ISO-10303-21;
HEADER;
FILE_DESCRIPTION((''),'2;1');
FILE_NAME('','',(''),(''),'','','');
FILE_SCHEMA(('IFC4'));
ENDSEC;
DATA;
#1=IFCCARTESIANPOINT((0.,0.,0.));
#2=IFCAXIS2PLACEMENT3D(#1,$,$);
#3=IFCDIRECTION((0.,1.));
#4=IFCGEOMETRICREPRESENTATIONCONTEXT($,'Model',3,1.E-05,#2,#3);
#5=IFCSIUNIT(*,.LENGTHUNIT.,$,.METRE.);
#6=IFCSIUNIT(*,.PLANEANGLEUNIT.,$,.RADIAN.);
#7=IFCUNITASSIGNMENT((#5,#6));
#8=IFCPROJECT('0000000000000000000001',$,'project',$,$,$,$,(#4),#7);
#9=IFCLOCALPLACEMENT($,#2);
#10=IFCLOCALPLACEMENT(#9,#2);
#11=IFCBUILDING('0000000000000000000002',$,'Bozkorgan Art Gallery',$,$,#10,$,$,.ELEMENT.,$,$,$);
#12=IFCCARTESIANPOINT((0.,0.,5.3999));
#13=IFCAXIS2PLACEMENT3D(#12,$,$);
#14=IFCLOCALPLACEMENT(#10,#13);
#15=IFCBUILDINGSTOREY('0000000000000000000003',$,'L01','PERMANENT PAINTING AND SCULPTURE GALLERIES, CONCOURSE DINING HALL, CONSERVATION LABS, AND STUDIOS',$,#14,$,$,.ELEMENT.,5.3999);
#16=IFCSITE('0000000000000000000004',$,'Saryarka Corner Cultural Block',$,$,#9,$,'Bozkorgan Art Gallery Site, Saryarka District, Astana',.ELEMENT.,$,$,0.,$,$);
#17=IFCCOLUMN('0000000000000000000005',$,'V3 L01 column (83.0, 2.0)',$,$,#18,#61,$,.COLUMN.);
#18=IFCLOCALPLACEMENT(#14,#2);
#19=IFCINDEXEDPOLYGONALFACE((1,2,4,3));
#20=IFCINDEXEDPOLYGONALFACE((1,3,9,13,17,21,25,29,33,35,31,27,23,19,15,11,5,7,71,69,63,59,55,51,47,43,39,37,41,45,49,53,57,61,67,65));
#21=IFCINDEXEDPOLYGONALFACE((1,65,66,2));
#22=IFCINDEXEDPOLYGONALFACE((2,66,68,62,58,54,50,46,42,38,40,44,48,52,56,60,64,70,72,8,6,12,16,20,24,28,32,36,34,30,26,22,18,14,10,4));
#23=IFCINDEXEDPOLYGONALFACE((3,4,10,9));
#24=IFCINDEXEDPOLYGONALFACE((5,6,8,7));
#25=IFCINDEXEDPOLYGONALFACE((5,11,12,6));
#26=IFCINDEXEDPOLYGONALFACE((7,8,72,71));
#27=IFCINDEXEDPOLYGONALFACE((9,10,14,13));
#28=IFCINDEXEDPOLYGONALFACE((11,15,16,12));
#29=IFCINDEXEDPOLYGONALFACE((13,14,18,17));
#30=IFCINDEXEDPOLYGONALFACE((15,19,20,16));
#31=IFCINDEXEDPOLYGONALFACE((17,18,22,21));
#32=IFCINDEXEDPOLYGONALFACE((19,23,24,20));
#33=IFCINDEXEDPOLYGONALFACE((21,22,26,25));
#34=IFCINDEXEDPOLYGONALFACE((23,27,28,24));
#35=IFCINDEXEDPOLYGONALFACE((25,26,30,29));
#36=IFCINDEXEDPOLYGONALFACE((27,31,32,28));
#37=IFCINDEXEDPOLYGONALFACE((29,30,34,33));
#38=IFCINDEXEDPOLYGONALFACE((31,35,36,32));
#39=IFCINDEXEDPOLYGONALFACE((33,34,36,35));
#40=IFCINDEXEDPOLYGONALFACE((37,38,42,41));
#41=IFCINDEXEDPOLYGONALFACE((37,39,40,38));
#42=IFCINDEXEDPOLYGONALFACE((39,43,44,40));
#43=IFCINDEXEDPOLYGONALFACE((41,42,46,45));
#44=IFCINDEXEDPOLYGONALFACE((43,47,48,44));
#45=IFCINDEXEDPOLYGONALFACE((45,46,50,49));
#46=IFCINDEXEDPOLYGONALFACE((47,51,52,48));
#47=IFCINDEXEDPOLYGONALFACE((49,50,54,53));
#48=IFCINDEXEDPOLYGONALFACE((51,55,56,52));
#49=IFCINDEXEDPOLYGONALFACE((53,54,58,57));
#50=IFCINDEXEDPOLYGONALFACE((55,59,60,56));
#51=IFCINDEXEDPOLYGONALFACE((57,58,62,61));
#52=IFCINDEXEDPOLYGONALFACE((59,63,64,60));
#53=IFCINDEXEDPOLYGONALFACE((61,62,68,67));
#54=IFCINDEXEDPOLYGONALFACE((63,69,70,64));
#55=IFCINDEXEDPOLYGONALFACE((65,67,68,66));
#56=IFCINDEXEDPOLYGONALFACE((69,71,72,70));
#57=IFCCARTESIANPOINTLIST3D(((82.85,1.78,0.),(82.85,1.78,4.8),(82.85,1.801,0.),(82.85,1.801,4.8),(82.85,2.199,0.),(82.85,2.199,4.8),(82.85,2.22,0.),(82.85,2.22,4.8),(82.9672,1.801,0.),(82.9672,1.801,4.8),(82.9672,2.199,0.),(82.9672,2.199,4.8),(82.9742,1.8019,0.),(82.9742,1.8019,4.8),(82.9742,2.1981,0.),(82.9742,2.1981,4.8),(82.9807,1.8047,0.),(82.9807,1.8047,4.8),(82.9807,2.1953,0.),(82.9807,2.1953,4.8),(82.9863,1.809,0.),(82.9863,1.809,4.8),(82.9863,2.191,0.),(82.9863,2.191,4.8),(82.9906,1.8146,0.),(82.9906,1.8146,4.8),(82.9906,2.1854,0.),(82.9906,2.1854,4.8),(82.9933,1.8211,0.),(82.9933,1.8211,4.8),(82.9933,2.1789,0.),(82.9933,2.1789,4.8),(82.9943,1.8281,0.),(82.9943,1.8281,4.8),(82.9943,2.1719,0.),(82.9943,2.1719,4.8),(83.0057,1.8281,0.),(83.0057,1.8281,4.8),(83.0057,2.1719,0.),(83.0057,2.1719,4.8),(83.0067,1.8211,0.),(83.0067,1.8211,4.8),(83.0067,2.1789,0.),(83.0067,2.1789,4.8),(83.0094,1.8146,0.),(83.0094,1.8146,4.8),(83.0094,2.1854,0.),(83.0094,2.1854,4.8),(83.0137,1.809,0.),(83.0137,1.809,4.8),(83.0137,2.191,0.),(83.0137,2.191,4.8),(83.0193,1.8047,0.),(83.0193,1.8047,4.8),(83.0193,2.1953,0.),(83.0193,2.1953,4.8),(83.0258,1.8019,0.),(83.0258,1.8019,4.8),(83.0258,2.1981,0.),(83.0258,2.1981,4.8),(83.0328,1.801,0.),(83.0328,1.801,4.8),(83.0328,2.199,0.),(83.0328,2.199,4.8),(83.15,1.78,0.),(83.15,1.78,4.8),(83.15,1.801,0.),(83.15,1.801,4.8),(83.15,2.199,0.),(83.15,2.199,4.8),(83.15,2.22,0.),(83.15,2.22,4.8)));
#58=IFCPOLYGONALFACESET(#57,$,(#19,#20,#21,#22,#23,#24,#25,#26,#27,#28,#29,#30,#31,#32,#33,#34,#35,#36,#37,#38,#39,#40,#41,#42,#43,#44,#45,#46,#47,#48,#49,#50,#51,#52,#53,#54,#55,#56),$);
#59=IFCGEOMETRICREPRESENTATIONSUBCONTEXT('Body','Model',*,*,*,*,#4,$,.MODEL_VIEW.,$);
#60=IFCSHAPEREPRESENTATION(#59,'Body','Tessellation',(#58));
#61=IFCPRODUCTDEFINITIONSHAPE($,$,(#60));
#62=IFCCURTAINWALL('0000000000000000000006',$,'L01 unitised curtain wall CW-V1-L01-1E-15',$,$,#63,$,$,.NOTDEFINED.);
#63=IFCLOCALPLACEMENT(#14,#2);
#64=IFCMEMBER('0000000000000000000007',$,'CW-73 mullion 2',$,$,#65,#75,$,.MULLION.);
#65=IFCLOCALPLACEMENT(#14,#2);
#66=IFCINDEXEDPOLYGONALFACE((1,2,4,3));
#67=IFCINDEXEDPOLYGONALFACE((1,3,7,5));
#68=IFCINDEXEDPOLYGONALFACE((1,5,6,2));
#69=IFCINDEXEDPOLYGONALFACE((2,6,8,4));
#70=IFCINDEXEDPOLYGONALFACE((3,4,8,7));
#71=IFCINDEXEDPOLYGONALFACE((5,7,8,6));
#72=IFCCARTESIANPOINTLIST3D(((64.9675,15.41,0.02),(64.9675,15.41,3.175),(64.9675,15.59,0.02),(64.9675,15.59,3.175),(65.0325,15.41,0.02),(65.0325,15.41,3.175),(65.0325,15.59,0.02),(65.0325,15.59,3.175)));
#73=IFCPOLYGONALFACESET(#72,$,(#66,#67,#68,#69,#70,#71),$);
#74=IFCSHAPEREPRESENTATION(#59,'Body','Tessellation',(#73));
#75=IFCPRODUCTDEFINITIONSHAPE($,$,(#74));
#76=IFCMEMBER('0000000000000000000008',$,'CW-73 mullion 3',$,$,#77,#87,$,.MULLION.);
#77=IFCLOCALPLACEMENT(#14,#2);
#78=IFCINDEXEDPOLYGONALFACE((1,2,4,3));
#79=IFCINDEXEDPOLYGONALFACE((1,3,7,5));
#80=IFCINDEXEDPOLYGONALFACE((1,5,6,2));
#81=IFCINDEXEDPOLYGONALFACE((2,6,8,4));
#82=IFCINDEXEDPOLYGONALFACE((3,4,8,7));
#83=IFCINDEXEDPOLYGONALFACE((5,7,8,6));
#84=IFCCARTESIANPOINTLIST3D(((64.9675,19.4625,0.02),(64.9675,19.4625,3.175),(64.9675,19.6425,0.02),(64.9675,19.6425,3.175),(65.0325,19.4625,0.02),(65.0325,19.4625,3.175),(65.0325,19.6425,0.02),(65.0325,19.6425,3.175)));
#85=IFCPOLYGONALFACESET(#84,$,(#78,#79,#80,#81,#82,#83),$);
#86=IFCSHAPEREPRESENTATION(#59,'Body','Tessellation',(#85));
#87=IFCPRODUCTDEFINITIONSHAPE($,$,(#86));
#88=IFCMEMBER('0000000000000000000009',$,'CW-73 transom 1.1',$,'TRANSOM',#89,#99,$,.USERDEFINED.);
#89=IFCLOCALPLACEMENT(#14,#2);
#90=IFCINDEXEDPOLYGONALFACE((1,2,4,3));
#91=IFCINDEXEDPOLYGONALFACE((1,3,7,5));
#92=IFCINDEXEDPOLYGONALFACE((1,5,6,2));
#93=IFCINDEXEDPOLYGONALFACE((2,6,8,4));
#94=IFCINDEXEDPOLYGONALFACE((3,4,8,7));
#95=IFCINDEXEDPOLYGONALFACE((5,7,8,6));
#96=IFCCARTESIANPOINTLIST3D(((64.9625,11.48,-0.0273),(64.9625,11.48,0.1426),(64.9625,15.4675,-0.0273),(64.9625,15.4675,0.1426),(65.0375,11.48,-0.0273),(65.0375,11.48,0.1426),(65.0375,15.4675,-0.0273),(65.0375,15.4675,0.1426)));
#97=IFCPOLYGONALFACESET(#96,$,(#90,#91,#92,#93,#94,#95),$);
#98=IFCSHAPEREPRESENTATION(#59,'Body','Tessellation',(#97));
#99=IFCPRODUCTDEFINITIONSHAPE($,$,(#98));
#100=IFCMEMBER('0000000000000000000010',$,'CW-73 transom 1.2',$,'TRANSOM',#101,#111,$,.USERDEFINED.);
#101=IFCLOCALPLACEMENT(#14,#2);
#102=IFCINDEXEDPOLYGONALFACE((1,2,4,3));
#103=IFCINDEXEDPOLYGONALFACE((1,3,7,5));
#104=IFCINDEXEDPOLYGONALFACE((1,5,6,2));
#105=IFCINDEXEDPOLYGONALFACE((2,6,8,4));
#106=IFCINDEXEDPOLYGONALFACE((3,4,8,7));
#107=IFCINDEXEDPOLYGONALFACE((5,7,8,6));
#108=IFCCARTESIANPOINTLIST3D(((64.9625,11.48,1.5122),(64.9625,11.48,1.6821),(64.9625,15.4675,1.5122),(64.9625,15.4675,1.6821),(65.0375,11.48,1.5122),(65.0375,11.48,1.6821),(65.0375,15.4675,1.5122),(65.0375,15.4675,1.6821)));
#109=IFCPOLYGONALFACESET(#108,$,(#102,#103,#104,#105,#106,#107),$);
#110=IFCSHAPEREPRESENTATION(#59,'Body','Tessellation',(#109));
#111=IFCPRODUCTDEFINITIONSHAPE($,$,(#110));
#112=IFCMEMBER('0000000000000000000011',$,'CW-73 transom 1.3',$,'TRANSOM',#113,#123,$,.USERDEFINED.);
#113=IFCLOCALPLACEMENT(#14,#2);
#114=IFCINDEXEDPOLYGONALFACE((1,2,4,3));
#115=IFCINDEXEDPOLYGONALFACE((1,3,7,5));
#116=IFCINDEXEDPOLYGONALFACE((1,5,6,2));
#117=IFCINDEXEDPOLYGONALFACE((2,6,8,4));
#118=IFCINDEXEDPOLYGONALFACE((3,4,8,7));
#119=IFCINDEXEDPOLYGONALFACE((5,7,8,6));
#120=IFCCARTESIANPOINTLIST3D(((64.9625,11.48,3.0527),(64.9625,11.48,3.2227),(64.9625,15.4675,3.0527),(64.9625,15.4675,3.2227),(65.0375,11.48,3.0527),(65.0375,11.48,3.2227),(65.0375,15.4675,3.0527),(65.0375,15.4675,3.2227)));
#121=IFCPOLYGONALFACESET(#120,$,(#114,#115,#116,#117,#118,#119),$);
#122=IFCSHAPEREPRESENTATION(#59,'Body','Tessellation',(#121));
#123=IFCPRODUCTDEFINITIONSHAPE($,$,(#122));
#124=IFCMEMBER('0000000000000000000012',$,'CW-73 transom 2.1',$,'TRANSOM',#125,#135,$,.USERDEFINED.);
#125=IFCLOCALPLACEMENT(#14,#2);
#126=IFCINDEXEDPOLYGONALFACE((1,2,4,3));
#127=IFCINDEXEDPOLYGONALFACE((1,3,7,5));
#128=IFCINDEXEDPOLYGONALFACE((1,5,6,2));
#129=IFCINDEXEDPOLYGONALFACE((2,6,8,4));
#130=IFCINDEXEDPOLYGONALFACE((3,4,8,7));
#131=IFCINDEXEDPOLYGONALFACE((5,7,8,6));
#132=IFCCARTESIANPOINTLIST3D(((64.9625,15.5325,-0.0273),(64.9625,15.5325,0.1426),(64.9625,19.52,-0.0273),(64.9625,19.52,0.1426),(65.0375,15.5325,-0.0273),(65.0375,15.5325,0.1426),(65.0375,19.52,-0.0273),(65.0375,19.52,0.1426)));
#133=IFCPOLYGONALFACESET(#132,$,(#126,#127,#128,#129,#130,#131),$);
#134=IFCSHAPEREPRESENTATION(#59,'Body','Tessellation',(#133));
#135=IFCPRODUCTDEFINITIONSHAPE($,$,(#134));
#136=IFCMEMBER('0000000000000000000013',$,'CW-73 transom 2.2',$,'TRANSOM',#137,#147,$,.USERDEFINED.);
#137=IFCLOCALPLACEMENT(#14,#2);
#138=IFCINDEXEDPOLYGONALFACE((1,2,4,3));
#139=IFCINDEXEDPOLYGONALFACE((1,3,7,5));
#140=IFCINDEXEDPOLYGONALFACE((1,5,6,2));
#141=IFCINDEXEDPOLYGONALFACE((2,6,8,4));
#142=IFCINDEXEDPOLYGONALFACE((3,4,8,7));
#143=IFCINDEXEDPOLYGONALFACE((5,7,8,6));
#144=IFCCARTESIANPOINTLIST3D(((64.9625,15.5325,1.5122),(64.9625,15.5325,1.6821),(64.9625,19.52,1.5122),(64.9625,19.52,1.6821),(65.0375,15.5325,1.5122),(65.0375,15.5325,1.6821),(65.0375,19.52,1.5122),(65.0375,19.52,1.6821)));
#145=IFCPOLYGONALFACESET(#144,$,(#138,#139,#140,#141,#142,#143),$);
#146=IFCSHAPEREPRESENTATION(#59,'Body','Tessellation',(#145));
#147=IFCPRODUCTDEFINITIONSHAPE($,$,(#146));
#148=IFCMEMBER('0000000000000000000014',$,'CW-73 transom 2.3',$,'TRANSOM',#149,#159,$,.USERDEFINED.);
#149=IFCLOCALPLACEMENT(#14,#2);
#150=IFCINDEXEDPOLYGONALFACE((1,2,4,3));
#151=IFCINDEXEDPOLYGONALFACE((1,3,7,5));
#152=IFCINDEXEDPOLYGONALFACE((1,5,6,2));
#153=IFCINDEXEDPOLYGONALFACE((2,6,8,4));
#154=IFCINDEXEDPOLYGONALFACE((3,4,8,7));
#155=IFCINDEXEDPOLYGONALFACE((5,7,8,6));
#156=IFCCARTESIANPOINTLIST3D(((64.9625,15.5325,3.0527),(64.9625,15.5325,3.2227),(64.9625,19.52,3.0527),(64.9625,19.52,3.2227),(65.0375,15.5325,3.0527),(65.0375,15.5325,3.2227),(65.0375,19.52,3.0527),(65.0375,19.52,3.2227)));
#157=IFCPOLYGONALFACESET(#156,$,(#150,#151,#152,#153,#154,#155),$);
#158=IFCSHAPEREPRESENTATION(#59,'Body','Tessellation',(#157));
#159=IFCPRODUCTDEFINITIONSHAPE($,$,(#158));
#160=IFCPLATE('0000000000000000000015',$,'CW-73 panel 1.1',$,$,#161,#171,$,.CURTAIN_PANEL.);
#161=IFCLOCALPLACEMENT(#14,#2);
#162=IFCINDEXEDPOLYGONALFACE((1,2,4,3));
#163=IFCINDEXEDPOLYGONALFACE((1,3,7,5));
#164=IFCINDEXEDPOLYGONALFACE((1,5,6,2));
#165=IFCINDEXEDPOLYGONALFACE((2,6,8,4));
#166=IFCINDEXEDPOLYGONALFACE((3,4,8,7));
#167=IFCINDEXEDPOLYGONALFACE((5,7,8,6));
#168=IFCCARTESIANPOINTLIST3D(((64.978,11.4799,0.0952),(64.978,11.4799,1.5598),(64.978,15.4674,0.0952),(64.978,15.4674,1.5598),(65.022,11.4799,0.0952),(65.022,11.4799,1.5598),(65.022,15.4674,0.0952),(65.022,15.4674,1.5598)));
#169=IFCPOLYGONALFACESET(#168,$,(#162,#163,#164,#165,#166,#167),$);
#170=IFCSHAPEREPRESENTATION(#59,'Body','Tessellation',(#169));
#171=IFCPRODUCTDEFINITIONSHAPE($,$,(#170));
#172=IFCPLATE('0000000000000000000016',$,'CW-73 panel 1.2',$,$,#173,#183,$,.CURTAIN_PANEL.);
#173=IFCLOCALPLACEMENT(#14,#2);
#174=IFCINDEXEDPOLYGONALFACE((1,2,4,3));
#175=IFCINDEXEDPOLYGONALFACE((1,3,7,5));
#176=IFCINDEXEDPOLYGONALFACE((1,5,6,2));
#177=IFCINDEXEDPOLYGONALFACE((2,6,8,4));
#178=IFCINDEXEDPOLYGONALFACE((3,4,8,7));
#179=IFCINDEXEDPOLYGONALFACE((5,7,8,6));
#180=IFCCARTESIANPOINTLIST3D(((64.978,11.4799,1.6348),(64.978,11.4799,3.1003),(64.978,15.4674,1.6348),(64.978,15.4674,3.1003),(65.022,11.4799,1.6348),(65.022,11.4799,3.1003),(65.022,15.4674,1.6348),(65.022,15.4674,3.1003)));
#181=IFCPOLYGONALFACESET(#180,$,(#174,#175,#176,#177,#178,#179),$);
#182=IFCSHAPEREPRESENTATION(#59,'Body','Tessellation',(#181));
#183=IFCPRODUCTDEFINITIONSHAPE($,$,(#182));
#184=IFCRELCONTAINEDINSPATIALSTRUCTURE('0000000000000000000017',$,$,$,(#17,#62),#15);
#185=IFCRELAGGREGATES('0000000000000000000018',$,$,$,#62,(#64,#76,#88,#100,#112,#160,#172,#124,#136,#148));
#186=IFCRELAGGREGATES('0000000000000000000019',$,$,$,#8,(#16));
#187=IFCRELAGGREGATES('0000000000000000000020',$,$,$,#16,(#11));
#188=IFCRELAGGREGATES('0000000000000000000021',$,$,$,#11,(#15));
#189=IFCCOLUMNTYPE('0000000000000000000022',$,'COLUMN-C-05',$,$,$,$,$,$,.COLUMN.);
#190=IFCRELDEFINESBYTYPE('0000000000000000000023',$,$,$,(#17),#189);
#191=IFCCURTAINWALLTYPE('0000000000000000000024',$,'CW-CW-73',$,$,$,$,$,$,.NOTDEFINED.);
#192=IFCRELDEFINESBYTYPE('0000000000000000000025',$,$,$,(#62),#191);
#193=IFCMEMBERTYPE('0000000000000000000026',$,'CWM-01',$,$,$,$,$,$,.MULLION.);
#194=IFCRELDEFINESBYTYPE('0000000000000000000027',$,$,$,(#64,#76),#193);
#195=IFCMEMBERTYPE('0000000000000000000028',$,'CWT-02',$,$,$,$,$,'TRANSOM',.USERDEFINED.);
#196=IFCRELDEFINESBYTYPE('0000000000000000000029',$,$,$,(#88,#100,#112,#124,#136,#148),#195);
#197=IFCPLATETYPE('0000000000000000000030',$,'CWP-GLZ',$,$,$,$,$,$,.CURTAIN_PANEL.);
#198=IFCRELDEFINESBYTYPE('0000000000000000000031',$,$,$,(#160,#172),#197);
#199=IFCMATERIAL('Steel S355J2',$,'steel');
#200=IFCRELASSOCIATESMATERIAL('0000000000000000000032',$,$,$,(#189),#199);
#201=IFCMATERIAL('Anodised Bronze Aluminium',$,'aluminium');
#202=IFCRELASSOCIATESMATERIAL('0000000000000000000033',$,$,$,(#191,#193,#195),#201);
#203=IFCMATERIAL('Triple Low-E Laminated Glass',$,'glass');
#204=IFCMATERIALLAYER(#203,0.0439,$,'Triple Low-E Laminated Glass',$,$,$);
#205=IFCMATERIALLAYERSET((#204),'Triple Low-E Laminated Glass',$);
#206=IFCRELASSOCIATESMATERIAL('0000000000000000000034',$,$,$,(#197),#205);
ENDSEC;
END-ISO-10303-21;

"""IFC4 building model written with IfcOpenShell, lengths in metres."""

from ifc_helpers import new_model, si_unit, direction, frame, origin, origin_2d, place, context, subcontext, project, spatial, rectangle, i_section, extrude, material, layer, layer_set, material_profile, profile_set, type_object, element, aggregate, save


model = new_model("IFC4")

# Units and contexts
model_context = context("Model", 3, precision=1e-05, world=origin(), true_north=direction((0.0, 1.0)))
body_context = subcontext(model_context, "Body", "Model", "MODEL_VIEW")
ifc_project = project(units=[si_unit("LENGTHUNIT", "METRE"), si_unit("PLANEANGLEUNIT", "RADIAN")], contexts=[model_context])

# Site, building, storey
site_placement = place(None, origin())
site = spatial("IfcSite", under=ifc_project, at=site_placement, Name="Saryarka Corner Cultural Block", LongName="Bozkorgan Art Gallery Site, Saryarka District, Astana", CompositionType="ELEMENT", RefElevation=0.0)
building_placement = place(site_placement, origin())
building = spatial("IfcBuilding", under=site, at=building_placement, Name="Bozkorgan Art Gallery", CompositionType="ELEMENT")
storey_placement = place(building_placement, frame((0.0, 0.0, 5.3999)))
storey = spatial("IfcBuildingStorey", under=building, at=storey_placement, Name="L01", Description="PERMANENT PAINTING AND SCULPTURE GALLERIES, CONCOURSE DINING HALL, CONSERVATION LABS, AND STUDIOS", CompositionType="ELEMENT", Elevation=5.3999)

# Column
ifc_material_1 = material(Name="Steel S355J2", Category="steel")
ifc_material_profile_1 = material_profile(ifc_material_1, i_section(OverallWidth=0.3, OverallDepth=0.4399, WebThickness=0.0115, FlangeThickness=0.021, FilletRadius=0.0271, at=origin_2d()), Name="HEA 450")
ifc_profile_set_1 = profile_set([ifc_material_profile_1], Name="Steel S355J2")
column_type = type_object("IfcColumnType", Name="COLUMN-C-05", PredefinedType="COLUMN", material=ifc_profile_set_1)
column_placement = place(storey_placement, frame((83.0, 2.0, 0.0), z_axis=(0.0, 0.0, 1.0), x_axis=(1.0, 0.0, 0.0)))
element("IfcColumn", 1, at=column_placement, inside=storey, type_object=column_type, Name="V3 L01 column (83.0, 2.0)", PredefinedType="COLUMN", context=body_context, shape_type="SweptSolid", body=[
    extrude(i_section(OverallWidth=0.3, OverallDepth=0.4399, WebThickness=0.0115, FlangeThickness=0.021, FilletRadius=0.0271, at=origin_2d()), origin(), (0.0, 0.0, 1.0), 4.8),
])

# Curtain wall, members, plates
ifc_material_2 = material(Name="Anodised Bronze Aluminium", Category="aluminium")
curtain_wall_type = type_object("IfcCurtainWallType", Name="CW-CW-73", PredefinedType="NOTDEFINED", material=ifc_material_2)
curtain_wall_placement = place(storey_placement, origin())
curtain_wall = element("IfcCurtainWall", 2, at=curtain_wall_placement, inside=storey, type_object=curtain_wall_type, Name="L01 unitised curtain wall CW-V1-L01-1E-15", PredefinedType="NOTDEFINED")
ifc_material_profile_2 = material_profile(ifc_material_2, rectangle(XDim=0.0649, YDim=0.1799, at=origin_2d()), Name="ALU MULLION 65x180")
ifc_profile_set_2 = profile_set([ifc_material_profile_2], Name="Anodised Bronze Aluminium")
member_type_1 = type_object("IfcMemberType", Name="CWM-01", PredefinedType="MULLION", material=ifc_profile_set_2)
member_1_placement = place(storey_placement, frame((65.0, 15.5, 0.02), z_axis=(0.0, 0.0, 1.0), x_axis=(-1.0, 0.0, 0.0)))
member_1 = element("IfcMember", 3, at=member_1_placement, type_object=member_type_1, Name="CW-73 mullion 2", PredefinedType="MULLION", context=body_context, shape_type="SweptSolid", body=[
    extrude(rectangle(XDim=0.0649, YDim=0.1799, at=origin_2d()), origin(), (0.0, 0.0, 1.0), 3.155),
])
member_2_placement = place(storey_placement, frame((65.0, 19.5525, 0.02), z_axis=(0.0, 0.0, 1.0), x_axis=(-1.0, 0.0, 0.0)))
member_2 = element("IfcMember", 4, at=member_2_placement, type_object=member_type_1, Name="CW-73 mullion 3", PredefinedType="MULLION", context=body_context, shape_type="SweptSolid", body=[
    extrude(rectangle(XDim=0.0649, YDim=0.1799, at=origin_2d()), origin(), (0.0, 0.0, 1.0), 3.155),
])
ifc_material_profile_3 = material_profile(ifc_material_2, rectangle(XDim=0.075, YDim=0.1699, at=origin_2d()), Name="ALU TRANSOM 75x170")
ifc_profile_set_3 = profile_set([ifc_material_profile_3], Name="Anodised Bronze Aluminium")
member_type_2 = type_object("IfcMemberType", Name="CWT-02", ElementType="TRANSOM", PredefinedType="USERDEFINED", material=ifc_profile_set_3)
member_3_placement = place(storey_placement, frame((65.0, 11.48, 0.0576), z_axis=(0.0, 1.0, 0.0), x_axis=(-1.0, 0.0, 0.0)))
member_3 = element("IfcMember", 5, at=member_3_placement, type_object=member_type_2, Name="CW-73 transom 1.1", ObjectType="TRANSOM", PredefinedType="USERDEFINED", context=body_context, shape_type="SweptSolid", body=[
    extrude(rectangle(XDim=0.075, YDim=0.1699, at=origin_2d()), origin(), (0.0, 0.0, 1.0), 3.9875),
])
member_4_placement = place(storey_placement, frame((65.0, 11.48, 1.5972), z_axis=(0.0, 1.0, 0.0), x_axis=(-1.0, 0.0, 0.0)))
member_4 = element("IfcMember", 6, at=member_4_placement, type_object=member_type_2, Name="CW-73 transom 1.2", ObjectType="TRANSOM", PredefinedType="USERDEFINED", context=body_context, shape_type="SweptSolid", body=[
    extrude(rectangle(XDim=0.075, YDim=0.1699, at=origin_2d()), origin(), (0.0, 0.0, 1.0), 3.9875),
])
member_5_placement = place(storey_placement, frame((65.0, 11.48, 3.1377), z_axis=(0.0, 1.0, 0.0), x_axis=(-1.0, 0.0, 0.0)))
member_5 = element("IfcMember", 7, at=member_5_placement, type_object=member_type_2, Name="CW-73 transom 1.3", ObjectType="TRANSOM", PredefinedType="USERDEFINED", context=body_context, shape_type="SweptSolid", body=[
    extrude(rectangle(XDim=0.075, YDim=0.1699, at=origin_2d()), origin(), (0.0, 0.0, 1.0), 3.9875),
])
member_6_placement = place(storey_placement, frame((65.0, 15.5325, 0.0576), z_axis=(0.0, 1.0, 0.0), x_axis=(-1.0, 0.0, 0.0)))
member_6 = element("IfcMember", 8, at=member_6_placement, type_object=member_type_2, Name="CW-73 transom 2.1", ObjectType="TRANSOM", PredefinedType="USERDEFINED", context=body_context, shape_type="SweptSolid", body=[
    extrude(rectangle(XDim=0.075, YDim=0.1699, at=origin_2d()), origin(), (0.0, 0.0, 1.0), 3.9875),
])
member_7_placement = place(storey_placement, frame((65.0, 15.5325, 1.5972), z_axis=(0.0, 1.0, 0.0), x_axis=(-1.0, 0.0, 0.0)))
member_7 = element("IfcMember", 9, at=member_7_placement, type_object=member_type_2, Name="CW-73 transom 2.2", ObjectType="TRANSOM", PredefinedType="USERDEFINED", context=body_context, shape_type="SweptSolid", body=[
    extrude(rectangle(XDim=0.075, YDim=0.1699, at=origin_2d()), origin(), (0.0, 0.0, 1.0), 3.9875),
])
member_8_placement = place(storey_placement, frame((65.0, 15.5325, 3.1377), z_axis=(0.0, 1.0, 0.0), x_axis=(-1.0, 0.0, 0.0)))
member_8 = element("IfcMember", 10, at=member_8_placement, type_object=member_type_2, Name="CW-73 transom 2.3", ObjectType="TRANSOM", PredefinedType="USERDEFINED", context=body_context, shape_type="SweptSolid", body=[
    extrude(rectangle(XDim=0.075, YDim=0.1699, at=origin_2d()), origin(), (0.0, 0.0, 1.0), 3.9875),
])
ifc_material_3 = material(Name="Triple Low-E Laminated Glass", Category="glass")
ifc_layer_1 = layer(ifc_material_3, 0.0439, Name="Triple Low-E Laminated Glass")
ifc_layer_set_1 = layer_set([ifc_layer_1], Name="Triple Low-E Laminated Glass")
plate_type_1 = type_object("IfcPlateType", Name="CWP-GLZ", PredefinedType="CURTAIN_PANEL", material=ifc_layer_set_1)
plate_1_placement = place(storey_placement, frame((65.0, 13.4736, 0.0952), z_axis=(0.0, 0.0, 1.0), x_axis=(0.0, 1.0, 0.0)))
plate_1 = element("IfcPlate", 11, at=plate_1_placement, type_object=plate_type_1, Name="CW-73 panel 1.1", PredefinedType="CURTAIN_PANEL", context=body_context, shape_type="SweptSolid", body=[
    extrude(rectangle(XDim=3.9875, YDim=0.0439, at=origin_2d()), origin(), (0.0, 0.0, 1.0), 1.4646),
])
plate_2_placement = place(storey_placement, frame((65.0, 13.4736, 1.6348), z_axis=(0.0, 0.0, 1.0), x_axis=(0.0, 1.0, 0.0)))
plate_2 = element("IfcPlate", 12, at=plate_2_placement, type_object=plate_type_1, Name="CW-73 panel 1.2", PredefinedType="CURTAIN_PANEL", context=body_context, shape_type="SweptSolid", body=[
    extrude(rectangle(XDim=3.9875, YDim=0.0439, at=origin_2d()), origin(), (0.0, 0.0, 1.0), 1.4656),
])
aggregate(curtain_wall, [member_1, member_2, member_3, member_4, member_5, plate_1, plate_2, member_6, member_7, member_8])

save(model, "model.ifc")
